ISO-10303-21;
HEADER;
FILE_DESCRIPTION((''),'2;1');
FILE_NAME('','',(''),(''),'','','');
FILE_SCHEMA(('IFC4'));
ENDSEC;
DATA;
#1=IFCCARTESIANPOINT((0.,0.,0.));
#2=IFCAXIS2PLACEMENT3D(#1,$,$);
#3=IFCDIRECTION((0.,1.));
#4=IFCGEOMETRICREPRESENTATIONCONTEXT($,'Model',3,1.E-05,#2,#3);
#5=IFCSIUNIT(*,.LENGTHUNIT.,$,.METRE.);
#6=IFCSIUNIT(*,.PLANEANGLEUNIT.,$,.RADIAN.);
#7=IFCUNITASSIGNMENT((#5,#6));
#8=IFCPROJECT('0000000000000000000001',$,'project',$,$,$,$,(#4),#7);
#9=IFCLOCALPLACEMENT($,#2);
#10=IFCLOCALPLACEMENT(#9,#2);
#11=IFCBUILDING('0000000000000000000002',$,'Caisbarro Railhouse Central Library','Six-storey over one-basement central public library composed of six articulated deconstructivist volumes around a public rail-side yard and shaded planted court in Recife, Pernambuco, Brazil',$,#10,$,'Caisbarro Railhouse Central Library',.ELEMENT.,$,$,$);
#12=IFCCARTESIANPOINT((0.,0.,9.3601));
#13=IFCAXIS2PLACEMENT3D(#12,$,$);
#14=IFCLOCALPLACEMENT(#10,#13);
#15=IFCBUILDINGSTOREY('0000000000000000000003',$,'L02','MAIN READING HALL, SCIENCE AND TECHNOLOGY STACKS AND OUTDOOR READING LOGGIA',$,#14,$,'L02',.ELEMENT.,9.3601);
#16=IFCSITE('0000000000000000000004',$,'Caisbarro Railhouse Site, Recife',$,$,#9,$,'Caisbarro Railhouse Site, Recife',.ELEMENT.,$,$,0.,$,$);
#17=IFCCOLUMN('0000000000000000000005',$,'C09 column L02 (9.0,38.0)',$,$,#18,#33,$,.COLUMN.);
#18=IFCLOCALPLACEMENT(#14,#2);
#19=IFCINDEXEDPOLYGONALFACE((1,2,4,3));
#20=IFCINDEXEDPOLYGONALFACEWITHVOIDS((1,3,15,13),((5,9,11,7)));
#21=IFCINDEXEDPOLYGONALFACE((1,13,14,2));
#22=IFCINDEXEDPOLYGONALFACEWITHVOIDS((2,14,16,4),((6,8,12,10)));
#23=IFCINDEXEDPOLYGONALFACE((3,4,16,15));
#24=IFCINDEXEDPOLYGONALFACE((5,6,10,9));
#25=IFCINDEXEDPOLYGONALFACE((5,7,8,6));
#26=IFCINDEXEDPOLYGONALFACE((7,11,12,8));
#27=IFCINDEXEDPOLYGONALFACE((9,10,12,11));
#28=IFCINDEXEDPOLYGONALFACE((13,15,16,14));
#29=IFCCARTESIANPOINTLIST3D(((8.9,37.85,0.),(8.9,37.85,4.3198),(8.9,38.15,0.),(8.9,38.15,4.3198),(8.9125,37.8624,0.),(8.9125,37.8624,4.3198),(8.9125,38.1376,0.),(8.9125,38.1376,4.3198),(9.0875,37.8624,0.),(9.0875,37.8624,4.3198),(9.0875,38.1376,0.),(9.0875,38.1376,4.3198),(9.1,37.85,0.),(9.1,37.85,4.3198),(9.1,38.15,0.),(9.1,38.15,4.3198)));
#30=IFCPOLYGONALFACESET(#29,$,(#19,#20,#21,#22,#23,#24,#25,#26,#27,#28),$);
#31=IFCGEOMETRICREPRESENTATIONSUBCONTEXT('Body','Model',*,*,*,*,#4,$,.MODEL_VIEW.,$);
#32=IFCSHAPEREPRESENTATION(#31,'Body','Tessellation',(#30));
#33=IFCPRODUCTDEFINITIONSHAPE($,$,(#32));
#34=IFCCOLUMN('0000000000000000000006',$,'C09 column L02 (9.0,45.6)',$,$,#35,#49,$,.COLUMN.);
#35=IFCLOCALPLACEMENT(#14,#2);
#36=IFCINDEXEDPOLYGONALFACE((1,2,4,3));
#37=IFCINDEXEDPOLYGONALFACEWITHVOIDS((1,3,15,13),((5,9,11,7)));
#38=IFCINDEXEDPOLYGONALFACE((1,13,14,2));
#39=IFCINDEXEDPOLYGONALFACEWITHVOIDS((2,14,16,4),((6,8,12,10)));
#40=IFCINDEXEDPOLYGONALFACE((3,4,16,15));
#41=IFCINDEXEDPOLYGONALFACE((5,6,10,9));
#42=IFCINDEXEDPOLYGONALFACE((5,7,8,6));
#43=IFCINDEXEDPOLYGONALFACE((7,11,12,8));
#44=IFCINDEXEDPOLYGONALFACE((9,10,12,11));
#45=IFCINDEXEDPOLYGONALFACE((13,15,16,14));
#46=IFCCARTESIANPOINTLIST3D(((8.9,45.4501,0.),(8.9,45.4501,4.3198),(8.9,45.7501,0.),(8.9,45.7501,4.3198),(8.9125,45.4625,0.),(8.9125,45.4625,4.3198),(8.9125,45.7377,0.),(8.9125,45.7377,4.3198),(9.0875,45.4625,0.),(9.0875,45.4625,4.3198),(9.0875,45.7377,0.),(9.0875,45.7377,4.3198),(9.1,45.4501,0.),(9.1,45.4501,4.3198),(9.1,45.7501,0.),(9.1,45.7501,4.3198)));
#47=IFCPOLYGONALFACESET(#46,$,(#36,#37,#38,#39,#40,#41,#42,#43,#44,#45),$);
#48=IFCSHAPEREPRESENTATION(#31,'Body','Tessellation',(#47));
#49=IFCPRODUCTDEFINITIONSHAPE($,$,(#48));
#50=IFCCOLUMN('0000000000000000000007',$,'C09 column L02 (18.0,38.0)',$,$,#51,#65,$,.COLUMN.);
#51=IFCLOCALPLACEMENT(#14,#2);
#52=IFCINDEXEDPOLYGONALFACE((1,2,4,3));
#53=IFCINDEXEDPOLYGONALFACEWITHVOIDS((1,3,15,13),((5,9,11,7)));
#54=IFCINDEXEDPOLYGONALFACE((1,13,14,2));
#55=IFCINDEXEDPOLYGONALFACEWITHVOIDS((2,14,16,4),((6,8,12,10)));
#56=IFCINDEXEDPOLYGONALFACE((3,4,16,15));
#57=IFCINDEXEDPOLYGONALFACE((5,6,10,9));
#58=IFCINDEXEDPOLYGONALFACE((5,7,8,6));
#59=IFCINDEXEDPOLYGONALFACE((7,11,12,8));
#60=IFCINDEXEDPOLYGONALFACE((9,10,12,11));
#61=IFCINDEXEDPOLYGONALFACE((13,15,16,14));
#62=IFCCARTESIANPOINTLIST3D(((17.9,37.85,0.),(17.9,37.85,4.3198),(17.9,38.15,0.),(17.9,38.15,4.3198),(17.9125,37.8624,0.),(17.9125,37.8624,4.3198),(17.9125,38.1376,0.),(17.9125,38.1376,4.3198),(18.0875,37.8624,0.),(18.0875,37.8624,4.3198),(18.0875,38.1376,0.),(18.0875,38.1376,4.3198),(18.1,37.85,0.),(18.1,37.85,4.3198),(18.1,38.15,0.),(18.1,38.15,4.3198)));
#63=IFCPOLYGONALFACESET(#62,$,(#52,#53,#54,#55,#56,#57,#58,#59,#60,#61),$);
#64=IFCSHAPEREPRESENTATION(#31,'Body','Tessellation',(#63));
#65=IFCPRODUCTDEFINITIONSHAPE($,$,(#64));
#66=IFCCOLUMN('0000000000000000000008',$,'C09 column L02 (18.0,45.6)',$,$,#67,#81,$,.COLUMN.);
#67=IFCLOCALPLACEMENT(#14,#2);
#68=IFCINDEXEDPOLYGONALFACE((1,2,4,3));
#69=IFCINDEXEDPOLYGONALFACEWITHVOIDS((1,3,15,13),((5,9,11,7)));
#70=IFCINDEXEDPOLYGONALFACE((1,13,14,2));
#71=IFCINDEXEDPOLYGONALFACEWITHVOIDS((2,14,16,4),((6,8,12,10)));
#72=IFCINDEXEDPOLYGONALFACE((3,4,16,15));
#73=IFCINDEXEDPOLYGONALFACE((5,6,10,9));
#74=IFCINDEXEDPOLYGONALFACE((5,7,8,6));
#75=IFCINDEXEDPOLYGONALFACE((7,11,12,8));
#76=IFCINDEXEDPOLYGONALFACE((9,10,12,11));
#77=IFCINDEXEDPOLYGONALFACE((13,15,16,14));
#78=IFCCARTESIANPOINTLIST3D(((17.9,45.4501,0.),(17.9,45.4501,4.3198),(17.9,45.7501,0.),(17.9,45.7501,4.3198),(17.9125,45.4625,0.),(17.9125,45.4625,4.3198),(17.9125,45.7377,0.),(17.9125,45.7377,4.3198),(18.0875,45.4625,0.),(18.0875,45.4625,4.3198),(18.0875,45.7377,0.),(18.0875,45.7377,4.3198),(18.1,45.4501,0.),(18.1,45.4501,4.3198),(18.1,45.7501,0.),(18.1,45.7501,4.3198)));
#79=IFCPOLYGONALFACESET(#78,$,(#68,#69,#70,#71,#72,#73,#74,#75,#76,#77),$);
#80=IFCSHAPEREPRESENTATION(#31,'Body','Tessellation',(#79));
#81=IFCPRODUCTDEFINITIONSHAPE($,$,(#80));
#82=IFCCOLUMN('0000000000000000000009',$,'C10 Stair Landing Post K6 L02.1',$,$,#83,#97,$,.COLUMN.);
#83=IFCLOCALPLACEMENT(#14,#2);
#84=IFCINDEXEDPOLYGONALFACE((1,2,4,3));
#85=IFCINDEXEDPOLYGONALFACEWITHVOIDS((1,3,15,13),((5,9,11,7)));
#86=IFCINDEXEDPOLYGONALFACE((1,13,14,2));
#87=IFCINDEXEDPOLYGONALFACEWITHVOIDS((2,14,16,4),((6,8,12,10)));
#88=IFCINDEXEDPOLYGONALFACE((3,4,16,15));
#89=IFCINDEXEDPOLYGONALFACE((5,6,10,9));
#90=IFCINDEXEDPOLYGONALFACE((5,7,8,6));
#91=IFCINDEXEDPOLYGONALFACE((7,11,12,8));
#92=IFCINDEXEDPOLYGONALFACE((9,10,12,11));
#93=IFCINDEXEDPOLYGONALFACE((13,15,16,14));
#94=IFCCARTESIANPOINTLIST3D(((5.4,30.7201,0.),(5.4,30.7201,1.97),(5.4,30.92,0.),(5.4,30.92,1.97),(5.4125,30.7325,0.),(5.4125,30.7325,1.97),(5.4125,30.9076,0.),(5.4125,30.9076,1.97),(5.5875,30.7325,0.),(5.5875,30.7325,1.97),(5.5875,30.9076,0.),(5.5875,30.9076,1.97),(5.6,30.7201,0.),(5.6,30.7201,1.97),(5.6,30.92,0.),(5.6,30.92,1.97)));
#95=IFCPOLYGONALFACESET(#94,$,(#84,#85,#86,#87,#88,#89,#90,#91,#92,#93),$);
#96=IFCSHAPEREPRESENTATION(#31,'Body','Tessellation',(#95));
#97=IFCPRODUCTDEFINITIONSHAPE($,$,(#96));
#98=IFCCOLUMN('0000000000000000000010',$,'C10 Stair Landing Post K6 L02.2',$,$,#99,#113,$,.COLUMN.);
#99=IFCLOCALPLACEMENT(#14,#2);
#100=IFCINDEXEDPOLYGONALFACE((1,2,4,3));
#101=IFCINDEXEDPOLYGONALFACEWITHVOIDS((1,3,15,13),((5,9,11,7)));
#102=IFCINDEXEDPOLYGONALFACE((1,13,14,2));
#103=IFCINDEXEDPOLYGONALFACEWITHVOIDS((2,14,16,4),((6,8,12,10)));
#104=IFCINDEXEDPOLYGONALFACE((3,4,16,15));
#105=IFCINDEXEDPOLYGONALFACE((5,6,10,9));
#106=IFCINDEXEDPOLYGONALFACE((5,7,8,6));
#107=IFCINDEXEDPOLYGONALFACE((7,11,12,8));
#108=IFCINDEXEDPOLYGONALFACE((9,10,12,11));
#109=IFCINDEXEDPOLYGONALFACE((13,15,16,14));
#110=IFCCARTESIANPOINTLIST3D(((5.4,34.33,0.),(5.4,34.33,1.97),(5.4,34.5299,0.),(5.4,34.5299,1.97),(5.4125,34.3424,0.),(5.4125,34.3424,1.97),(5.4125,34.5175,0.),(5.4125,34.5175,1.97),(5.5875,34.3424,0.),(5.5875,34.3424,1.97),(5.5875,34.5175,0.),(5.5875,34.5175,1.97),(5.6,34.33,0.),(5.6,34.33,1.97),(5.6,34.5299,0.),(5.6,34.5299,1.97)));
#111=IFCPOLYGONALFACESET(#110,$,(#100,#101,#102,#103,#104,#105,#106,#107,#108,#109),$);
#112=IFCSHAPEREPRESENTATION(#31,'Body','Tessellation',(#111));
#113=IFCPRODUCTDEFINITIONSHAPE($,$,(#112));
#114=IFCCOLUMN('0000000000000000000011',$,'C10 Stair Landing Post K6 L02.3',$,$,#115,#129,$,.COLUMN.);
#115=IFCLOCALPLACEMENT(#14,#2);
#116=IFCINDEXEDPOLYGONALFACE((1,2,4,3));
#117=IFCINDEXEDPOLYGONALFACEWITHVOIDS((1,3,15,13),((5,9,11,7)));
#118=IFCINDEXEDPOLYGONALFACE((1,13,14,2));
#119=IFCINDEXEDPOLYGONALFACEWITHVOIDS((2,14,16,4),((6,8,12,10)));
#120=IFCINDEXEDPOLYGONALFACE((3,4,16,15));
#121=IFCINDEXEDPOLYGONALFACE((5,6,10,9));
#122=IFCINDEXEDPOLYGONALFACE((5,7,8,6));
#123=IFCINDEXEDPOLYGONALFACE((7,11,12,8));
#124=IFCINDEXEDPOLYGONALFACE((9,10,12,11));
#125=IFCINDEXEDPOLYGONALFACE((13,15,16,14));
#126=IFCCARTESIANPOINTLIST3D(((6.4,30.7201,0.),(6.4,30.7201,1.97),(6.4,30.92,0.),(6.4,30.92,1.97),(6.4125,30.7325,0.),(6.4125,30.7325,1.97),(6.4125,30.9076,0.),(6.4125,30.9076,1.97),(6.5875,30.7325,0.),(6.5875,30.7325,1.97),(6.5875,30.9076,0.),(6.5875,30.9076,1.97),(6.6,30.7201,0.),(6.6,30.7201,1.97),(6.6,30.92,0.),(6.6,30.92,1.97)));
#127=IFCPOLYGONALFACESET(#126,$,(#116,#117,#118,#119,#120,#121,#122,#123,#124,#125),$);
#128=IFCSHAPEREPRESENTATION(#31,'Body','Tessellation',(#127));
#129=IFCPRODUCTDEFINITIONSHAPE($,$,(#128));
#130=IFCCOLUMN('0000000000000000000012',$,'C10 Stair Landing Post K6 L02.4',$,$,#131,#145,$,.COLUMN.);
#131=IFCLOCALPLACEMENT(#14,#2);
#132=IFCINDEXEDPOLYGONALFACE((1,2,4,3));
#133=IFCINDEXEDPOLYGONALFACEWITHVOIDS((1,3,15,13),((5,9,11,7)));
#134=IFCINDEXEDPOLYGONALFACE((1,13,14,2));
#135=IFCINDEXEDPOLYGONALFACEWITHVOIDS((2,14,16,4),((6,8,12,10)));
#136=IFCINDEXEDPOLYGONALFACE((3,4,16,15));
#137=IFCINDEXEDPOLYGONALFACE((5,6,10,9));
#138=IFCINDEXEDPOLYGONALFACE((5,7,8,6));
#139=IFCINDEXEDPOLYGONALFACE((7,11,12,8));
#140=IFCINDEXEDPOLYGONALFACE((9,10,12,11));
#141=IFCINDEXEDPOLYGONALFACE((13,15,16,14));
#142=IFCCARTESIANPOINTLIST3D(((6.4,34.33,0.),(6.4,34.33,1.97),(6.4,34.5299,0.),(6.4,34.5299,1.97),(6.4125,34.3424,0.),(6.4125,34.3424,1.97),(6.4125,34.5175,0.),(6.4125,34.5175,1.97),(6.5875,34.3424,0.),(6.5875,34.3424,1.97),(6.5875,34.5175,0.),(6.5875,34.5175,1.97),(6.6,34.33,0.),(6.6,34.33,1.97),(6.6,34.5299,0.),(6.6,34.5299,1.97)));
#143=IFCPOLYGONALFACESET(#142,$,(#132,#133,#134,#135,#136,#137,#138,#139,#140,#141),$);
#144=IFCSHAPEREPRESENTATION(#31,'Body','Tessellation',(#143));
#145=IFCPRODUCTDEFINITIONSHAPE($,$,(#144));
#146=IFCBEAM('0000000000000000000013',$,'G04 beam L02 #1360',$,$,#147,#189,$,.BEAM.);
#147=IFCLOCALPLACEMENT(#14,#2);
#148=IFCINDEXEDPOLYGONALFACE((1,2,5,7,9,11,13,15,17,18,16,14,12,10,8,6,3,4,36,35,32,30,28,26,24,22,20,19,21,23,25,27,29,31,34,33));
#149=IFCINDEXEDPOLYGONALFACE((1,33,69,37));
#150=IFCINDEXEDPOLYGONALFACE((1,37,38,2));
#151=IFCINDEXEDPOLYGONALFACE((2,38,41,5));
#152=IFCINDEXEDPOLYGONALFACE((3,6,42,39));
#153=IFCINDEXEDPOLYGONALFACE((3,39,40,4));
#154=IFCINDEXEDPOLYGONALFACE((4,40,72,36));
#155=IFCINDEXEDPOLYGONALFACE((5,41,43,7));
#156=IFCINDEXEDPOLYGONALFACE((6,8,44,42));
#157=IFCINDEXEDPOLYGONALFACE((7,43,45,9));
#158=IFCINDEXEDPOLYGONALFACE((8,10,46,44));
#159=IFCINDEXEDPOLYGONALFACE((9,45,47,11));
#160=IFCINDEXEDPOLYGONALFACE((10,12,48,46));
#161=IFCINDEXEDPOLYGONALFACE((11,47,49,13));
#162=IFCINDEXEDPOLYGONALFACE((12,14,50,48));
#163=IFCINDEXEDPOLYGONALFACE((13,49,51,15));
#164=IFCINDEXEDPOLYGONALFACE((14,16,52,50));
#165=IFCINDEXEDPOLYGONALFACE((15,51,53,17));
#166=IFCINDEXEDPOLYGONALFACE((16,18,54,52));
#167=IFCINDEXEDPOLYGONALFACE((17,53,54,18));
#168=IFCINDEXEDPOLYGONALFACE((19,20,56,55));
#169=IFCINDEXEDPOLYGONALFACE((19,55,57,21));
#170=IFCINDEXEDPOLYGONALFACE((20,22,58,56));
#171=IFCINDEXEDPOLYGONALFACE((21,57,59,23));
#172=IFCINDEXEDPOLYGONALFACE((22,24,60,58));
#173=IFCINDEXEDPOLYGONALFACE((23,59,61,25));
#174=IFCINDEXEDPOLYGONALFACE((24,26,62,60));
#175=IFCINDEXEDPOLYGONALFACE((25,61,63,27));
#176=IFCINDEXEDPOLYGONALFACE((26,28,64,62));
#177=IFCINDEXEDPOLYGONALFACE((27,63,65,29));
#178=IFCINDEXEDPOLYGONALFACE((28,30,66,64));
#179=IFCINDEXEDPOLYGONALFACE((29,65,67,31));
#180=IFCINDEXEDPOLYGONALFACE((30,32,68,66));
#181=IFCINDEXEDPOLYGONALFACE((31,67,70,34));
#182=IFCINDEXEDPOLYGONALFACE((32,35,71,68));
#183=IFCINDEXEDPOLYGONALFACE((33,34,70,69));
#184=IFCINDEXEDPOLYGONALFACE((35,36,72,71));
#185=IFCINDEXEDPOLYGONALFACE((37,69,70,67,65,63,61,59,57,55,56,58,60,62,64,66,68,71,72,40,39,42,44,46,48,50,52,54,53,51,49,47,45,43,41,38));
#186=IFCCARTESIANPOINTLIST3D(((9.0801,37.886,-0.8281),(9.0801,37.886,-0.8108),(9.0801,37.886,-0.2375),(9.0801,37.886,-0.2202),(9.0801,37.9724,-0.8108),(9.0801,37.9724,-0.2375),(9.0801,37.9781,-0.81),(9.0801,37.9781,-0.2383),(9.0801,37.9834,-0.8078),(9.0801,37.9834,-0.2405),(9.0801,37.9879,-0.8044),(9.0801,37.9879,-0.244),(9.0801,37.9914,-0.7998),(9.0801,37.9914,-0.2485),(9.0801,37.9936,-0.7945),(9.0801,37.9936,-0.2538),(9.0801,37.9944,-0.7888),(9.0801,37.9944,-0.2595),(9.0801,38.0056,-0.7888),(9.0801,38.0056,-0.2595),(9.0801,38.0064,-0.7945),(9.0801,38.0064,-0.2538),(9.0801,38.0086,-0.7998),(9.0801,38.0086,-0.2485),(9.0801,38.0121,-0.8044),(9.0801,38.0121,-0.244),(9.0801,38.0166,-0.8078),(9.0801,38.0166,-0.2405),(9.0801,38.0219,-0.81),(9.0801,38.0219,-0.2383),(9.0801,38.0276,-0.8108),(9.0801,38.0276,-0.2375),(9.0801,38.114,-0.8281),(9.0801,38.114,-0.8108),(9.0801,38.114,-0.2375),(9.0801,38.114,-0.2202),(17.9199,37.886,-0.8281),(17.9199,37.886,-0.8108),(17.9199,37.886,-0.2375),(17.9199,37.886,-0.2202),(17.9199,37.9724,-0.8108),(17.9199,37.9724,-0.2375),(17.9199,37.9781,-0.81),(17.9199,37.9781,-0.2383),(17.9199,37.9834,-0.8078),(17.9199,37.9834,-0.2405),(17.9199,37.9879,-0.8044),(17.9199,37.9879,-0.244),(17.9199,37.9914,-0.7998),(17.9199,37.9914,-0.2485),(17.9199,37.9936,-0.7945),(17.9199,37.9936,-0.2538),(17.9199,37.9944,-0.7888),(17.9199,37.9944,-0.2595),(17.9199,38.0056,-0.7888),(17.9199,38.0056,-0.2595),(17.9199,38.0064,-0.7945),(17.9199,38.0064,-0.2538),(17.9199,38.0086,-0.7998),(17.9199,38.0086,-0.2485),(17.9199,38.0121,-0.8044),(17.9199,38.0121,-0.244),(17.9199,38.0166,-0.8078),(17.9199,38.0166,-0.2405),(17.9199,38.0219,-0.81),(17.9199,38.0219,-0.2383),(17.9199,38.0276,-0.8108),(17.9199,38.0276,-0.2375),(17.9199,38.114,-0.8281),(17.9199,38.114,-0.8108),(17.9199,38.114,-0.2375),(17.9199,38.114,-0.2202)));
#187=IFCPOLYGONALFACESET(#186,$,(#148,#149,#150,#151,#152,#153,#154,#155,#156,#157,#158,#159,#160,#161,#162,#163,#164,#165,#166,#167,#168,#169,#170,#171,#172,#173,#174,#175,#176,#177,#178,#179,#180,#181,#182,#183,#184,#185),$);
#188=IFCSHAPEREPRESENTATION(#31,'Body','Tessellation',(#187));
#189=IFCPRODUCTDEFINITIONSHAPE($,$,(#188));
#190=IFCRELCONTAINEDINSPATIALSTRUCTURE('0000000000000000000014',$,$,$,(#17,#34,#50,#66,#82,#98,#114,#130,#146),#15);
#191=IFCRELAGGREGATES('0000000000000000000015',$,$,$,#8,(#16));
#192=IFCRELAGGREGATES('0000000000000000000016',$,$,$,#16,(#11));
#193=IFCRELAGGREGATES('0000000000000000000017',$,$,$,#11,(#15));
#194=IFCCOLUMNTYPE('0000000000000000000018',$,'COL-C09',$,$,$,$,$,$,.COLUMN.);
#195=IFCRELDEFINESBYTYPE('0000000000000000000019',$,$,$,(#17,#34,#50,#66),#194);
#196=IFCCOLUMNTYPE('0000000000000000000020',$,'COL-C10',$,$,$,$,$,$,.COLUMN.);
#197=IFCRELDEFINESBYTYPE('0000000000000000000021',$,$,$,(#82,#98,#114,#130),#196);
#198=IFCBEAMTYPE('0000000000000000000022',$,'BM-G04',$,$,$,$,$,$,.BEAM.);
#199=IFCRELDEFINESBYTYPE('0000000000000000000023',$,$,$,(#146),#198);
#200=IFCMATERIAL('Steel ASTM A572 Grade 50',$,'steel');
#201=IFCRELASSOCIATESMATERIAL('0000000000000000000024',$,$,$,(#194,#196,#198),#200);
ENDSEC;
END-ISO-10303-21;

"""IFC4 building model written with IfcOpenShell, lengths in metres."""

from ifc_helpers import new_model, si_unit, direction, frame, origin, origin_2d, place, context, subcontext, project, spatial, hollow_rectangle, i_section, extrude, material, material_profile, profile_set, type_object, element, save


model = new_model("IFC4")

# Units and contexts
model_context = context("Model", 3, precision=1e-05, world=origin(), true_north=direction((0.0, 1.0)))
body_context = subcontext(model_context, "Body", "Model", "MODEL_VIEW")
ifc_project = project(units=[si_unit("LENGTHUNIT", "METRE"), si_unit("PLANEANGLEUNIT", "RADIAN")], contexts=[model_context])

# Site, building, storey
site_placement = place(None, origin())
site = spatial("IfcSite", under=ifc_project, at=site_placement, Name="Caisbarro Railhouse Site, Recife", LongName="Caisbarro Railhouse Site, Recife", CompositionType="ELEMENT", RefElevation=0.0)
building_placement = place(site_placement, origin())
building = spatial("IfcBuilding", under=site, at=building_placement, Name="Caisbarro Railhouse Central Library", Description="Six-storey over one-basement central public library composed of six articulated deconstructivist volumes around a public rail-side yard and shaded planted court in Recife, Pernambuco, Brazil", LongName="Caisbarro Railhouse Central Library", CompositionType="ELEMENT")
storey_placement = place(building_placement, frame((0.0, 0.0, 9.3601)))
storey = spatial("IfcBuildingStorey", under=building, at=storey_placement, Name="L02", Description="MAIN READING HALL, SCIENCE AND TECHNOLOGY STACKS AND OUTDOOR READING LOGGIA", LongName="L02", CompositionType="ELEMENT", Elevation=9.3601)

# Columns
ifc_material_1 = material(Name="Steel ASTM A572 Grade 50", Category="steel")
ifc_material_profile_1 = material_profile(ifc_material_1, hollow_rectangle(XDim=0.2, YDim=0.3, WallThickness=0.0125, at=origin_2d()), Name="HSS300X200X12.5")
ifc_profile_set_1 = profile_set([ifc_material_profile_1], Name="Steel ASTM A572 Grade 50")
column_type_1 = type_object("IfcColumnType", Name="COL-C09", PredefinedType="COLUMN", material=ifc_profile_set_1)
for number, where, z_axis, x_axis, name in (
    (1, (9.0, 38.0, 0.0), (0.0, 0.0, 1.0), (1.0, 0.0, 0.0), "C09 column L02 (9.0,38.0)"),
    (2, (9.0, 45.6001, 0.0), (0.0, 0.0, 1.0), (1.0, 0.0, 0.0), "C09 column L02 (9.0,45.6)"),
    (3, (18.0, 38.0, 0.0), (0.0, 0.0, 1.0), (1.0, 0.0, 0.0), "C09 column L02 (18.0,38.0)"),
    (4, (18.0, 45.6001, 0.0), (0.0, 0.0, 1.0), (1.0, 0.0, 0.0), "C09 column L02 (18.0,45.6)"),
):
    element("IfcColumn", number, at=place(storey_placement, frame(where, z_axis=z_axis, x_axis=x_axis)), inside=storey, type_object=column_type_1, Name=name, PredefinedType="COLUMN", context=body_context, shape_type="SweptSolid", body=[
        extrude(hollow_rectangle(XDim=0.2, YDim=0.3, WallThickness=0.0125, at=origin_2d()), origin(), (0.0, 0.0, 1.0), 4.3198),
    ])
ifc_material_profile_2 = material_profile(ifc_material_1, hollow_rectangle(XDim=0.2, YDim=0.2, WallThickness=0.0125, at=origin_2d()), Name="HSS200X200X12.5")
ifc_profile_set_2 = profile_set([ifc_material_profile_2], Name="Steel ASTM A572 Grade 50")
column_type_2 = type_object("IfcColumnType", Name="COL-C10", PredefinedType="COLUMN", material=ifc_profile_set_2)
for number, where, z_axis, x_axis, name in (
    (5, (5.5, 30.8201, 0.0), (0.0, 0.0, 1.0), (1.0, 0.0, 0.0), "C10 Stair Landing Post K6 L02.1"),
    (6, (5.5, 34.4299, 0.0), (0.0, 0.0, 1.0), (1.0, 0.0, 0.0), "C10 Stair Landing Post K6 L02.2"),
    (7, (6.5, 30.8201, 0.0), (0.0, 0.0, 1.0), (1.0, 0.0, 0.0), "C10 Stair Landing Post K6 L02.3"),
    (8, (6.5, 34.4299, 0.0), (0.0, 0.0, 1.0), (1.0, 0.0, 0.0), "C10 Stair Landing Post K6 L02.4"),
):
    element("IfcColumn", number, at=place(storey_placement, frame(where, z_axis=z_axis, x_axis=x_axis)), inside=storey, type_object=column_type_2, Name=name, PredefinedType="COLUMN", context=body_context, shape_type="SweptSolid", body=[
        extrude(hollow_rectangle(XDim=0.2, YDim=0.2, WallThickness=0.0125, at=origin_2d()), origin(), (0.0, 0.0, 1.0), 1.97),
    ])

# Beam
ifc_material_profile_3 = material_profile(ifc_material_1, i_section(OverallWidth=0.228, OverallDepth=0.6079, WebThickness=0.0112, FlangeThickness=0.0173, FilletRadius=0.022, at=origin_2d()), Name="W610X113.0")
ifc_profile_set_3 = profile_set([ifc_material_profile_3], Name="Steel ASTM A572 Grade 50")
beam_type_1 = type_object("IfcBeamType", Name="BM-G04", PredefinedType="BEAM", material=ifc_profile_set_3)
for number, where, z_axis, x_axis, name in (
    (9, (9.0801, 38.0, -0.5242), (1.0, 0.0, 0.0), (0.0, 1.0, 0.0), "G04 beam L02 #1360"),
):
    element("IfcBeam", number, at=place(storey_placement, frame(where, z_axis=z_axis, x_axis=x_axis)), inside=storey, type_object=beam_type_1, Name=name, PredefinedType="BEAM", context=body_context, shape_type="SweptSolid", body=[
        extrude(i_section(OverallWidth=0.228, OverallDepth=0.6079, WebThickness=0.0112, FlangeThickness=0.0173, FilletRadius=0.022, at=origin_2d()), origin(), (0.0, 0.0, 1.0), 8.8398),
    ])

save(model, "model.ifc")
